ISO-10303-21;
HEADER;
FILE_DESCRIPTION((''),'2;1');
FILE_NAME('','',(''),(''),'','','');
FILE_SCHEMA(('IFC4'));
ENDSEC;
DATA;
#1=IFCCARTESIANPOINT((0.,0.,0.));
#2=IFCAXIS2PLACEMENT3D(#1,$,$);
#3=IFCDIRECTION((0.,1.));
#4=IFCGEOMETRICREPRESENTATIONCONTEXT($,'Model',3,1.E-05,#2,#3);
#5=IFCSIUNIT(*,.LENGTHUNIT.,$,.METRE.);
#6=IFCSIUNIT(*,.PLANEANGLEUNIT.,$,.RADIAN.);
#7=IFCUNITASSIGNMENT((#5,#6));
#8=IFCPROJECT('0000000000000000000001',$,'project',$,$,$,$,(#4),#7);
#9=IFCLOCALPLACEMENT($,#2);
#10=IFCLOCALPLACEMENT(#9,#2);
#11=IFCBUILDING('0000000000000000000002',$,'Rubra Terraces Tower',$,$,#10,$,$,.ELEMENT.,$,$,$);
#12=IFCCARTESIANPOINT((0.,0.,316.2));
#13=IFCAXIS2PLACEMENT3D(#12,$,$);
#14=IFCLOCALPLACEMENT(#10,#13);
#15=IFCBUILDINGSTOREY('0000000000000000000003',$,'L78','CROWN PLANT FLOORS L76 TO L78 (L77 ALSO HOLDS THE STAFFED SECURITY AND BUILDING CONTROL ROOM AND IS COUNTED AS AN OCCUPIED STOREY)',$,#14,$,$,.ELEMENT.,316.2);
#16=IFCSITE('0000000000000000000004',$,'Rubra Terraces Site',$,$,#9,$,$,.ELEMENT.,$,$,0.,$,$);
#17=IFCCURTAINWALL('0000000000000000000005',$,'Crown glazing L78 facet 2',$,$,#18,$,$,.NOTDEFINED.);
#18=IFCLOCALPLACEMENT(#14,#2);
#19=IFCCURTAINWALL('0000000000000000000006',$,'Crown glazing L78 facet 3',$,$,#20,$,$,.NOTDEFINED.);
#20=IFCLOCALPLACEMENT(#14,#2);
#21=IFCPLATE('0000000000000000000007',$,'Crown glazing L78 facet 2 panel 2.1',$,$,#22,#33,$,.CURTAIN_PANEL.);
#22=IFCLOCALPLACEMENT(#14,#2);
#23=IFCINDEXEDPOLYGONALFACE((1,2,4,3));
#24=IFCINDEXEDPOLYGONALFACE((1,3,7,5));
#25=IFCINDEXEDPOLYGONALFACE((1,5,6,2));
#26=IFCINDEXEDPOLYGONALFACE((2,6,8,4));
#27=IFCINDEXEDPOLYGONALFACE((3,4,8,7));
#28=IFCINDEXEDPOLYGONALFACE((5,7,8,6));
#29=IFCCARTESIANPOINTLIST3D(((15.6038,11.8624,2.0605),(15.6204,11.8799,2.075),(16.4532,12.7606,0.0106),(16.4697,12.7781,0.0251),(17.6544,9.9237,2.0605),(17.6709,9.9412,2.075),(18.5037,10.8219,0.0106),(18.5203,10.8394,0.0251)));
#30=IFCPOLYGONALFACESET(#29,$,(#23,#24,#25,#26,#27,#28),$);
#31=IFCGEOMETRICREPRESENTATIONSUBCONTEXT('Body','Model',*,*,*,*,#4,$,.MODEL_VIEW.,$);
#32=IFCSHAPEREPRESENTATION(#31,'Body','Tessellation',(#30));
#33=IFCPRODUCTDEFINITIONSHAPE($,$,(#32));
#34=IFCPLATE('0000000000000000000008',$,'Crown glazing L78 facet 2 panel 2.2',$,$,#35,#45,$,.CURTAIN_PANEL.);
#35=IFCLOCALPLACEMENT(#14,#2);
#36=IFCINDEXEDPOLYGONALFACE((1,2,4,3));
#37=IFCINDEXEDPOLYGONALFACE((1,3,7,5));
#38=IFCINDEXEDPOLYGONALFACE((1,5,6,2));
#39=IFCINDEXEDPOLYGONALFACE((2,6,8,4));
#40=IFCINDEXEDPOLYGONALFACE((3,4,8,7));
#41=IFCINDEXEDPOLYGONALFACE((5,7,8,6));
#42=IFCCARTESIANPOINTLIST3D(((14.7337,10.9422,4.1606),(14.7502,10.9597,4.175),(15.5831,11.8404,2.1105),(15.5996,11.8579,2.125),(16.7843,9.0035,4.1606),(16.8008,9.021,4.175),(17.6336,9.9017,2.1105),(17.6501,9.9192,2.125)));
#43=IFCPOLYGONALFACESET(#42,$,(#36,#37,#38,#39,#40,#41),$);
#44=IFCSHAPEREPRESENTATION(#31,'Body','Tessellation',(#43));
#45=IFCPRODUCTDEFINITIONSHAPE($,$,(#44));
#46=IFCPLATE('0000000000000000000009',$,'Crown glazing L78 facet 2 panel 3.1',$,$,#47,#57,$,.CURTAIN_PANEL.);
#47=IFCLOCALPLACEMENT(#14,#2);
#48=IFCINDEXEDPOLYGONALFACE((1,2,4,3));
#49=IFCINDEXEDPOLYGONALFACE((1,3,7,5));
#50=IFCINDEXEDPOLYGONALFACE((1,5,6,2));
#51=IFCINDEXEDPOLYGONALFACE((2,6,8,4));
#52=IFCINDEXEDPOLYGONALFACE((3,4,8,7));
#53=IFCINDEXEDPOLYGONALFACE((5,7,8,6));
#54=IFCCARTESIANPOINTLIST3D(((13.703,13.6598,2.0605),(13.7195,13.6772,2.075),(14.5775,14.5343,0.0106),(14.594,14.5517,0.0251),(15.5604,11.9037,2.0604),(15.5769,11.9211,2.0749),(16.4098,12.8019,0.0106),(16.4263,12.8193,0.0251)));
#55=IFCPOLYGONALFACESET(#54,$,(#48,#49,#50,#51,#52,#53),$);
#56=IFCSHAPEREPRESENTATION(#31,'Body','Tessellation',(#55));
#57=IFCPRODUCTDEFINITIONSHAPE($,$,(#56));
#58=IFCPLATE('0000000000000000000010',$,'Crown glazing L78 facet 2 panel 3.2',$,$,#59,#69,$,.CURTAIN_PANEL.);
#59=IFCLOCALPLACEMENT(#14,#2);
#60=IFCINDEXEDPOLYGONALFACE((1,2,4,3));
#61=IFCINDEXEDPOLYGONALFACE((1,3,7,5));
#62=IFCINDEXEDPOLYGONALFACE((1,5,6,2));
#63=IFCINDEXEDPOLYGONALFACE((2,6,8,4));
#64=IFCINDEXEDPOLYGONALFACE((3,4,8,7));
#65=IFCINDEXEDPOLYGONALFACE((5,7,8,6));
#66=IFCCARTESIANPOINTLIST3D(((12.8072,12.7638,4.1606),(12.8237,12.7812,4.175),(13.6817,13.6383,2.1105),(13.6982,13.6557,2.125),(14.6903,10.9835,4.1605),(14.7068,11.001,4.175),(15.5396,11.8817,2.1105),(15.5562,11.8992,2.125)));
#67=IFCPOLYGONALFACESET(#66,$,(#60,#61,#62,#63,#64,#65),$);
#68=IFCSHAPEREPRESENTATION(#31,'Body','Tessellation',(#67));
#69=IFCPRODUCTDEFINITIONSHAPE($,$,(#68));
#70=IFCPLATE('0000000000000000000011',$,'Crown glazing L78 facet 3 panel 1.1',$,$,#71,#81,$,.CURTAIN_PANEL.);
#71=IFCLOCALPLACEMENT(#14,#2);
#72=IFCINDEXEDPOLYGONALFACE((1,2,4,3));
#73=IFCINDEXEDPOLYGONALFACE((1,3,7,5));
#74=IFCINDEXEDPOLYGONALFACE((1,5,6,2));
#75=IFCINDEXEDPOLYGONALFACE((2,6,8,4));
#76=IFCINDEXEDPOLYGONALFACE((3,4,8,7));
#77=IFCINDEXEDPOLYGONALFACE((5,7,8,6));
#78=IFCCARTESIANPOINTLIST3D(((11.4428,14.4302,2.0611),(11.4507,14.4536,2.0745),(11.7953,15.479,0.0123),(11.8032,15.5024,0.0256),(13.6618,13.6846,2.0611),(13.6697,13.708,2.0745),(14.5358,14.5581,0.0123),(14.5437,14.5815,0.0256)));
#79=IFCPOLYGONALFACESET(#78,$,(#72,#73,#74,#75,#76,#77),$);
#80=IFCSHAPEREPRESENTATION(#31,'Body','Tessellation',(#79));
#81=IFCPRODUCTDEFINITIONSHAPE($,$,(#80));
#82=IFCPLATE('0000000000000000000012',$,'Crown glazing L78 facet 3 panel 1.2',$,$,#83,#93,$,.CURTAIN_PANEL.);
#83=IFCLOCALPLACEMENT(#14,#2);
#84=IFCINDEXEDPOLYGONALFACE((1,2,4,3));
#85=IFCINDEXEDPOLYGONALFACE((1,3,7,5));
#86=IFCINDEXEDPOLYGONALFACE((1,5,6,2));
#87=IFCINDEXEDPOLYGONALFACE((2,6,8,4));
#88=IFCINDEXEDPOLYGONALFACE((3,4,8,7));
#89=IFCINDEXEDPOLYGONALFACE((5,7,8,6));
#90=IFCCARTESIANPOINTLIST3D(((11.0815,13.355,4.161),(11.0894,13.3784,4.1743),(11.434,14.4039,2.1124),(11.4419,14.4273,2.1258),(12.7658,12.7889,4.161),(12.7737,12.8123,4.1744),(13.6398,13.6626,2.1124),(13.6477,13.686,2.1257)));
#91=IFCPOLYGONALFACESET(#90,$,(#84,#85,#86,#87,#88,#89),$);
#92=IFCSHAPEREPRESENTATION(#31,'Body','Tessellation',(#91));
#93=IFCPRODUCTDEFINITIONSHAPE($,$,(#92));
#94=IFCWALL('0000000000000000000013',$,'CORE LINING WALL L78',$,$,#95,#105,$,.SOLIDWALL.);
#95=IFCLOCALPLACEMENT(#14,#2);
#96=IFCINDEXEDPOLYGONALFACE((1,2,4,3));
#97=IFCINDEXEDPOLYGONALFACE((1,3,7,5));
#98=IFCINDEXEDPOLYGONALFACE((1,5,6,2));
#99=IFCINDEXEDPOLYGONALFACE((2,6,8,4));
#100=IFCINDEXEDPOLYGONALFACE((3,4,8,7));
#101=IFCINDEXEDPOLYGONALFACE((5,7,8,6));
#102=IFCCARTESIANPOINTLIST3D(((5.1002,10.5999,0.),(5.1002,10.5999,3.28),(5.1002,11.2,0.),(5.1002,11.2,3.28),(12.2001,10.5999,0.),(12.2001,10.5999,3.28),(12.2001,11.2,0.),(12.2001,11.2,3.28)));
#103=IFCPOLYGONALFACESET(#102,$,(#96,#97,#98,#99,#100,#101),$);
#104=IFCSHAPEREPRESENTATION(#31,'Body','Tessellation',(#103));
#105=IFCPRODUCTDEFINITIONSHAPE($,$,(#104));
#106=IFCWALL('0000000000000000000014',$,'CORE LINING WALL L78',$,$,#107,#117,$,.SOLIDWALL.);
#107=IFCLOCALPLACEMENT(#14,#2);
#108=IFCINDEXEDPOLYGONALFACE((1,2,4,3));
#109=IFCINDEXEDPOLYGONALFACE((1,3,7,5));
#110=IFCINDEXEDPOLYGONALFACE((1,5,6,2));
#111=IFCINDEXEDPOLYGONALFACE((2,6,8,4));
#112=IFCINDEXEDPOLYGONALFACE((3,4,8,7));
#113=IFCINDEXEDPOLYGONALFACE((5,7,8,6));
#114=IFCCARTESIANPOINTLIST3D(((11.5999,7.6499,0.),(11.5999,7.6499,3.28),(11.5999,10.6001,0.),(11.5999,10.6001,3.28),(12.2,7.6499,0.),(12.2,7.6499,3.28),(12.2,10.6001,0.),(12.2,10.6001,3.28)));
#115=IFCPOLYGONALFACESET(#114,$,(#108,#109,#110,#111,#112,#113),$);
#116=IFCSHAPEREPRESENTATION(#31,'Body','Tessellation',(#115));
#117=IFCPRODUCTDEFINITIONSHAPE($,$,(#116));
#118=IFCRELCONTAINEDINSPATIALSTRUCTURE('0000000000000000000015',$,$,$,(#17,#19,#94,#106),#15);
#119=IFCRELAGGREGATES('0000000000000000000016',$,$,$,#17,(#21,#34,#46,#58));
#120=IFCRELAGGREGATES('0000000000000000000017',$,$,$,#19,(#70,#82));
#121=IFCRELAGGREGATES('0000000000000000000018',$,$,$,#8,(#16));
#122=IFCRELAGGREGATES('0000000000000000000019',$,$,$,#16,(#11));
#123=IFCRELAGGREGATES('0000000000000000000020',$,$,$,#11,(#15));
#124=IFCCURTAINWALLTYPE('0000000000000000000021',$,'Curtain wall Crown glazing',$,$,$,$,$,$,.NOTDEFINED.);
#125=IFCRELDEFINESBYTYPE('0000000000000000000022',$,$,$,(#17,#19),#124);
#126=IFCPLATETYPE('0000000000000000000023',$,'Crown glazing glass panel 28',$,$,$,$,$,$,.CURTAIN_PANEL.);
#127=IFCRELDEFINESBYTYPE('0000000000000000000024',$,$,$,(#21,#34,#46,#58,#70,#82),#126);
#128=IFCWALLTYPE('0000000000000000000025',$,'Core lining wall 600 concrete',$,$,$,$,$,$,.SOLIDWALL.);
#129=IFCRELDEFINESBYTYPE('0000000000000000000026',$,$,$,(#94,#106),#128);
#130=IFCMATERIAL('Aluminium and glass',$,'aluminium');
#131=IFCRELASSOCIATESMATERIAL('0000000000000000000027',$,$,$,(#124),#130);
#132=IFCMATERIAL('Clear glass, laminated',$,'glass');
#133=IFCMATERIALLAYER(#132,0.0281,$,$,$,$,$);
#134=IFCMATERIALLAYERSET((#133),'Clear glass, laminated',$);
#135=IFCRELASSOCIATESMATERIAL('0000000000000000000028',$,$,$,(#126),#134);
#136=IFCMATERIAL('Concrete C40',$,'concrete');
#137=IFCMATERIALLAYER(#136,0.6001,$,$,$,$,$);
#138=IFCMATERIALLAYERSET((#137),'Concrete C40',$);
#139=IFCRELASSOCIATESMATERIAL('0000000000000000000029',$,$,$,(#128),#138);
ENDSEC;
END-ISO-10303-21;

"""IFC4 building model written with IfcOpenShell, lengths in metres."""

from ifc_helpers import new_model, si_unit, direction, frame, frame_2d, origin, place, context, subcontext, project, spatial, polyline, rectangle, outline, extrude, material, layer, layer_set, type_object, element, aggregate, save


model = new_model("IFC4")

# Units and contexts
model_context = context("Model", 3, precision=1e-05, world=origin(), true_north=direction((0.0, 1.0)))
body_context = subcontext(model_context, "Body", "Model", "MODEL_VIEW")
ifc_project = project(units=[si_unit("LENGTHUNIT", "METRE"), si_unit("PLANEANGLEUNIT", "RADIAN")], contexts=[model_context])

# Site, building, storey
site_placement = place(None, origin())
site = spatial("IfcSite", under=ifc_project, at=site_placement, Name="Rubra Terraces Site", CompositionType="ELEMENT", RefElevation=0.0)
building_placement = place(site_placement, origin())
building = spatial("IfcBuilding", under=site, at=building_placement, Name="Rubra Terraces Tower", CompositionType="ELEMENT")
storey_placement = place(building_placement, frame((0.0, 0.0, 316.2)))
storey = spatial("IfcBuildingStorey", under=building, at=storey_placement, Name="L78", Description="CROWN PLANT FLOORS L76 TO L78 (L77 ALSO HOLDS THE STAFFED SECURITY AND BUILDING CONTROL ROOM AND IS COUNTED AS AN OCCUPIED STOREY)", CompositionType="ELEMENT", Elevation=316.2)

# Curtain walls
ifc_material_1 = material(Name="Aluminium and glass", Category="aluminium")
curtain_wall_type = type_object("IfcCurtainWallType", Name="Curtain wall Crown glazing", PredefinedType="NOTDEFINED", material=ifc_material_1)
curtain_wall_1_placement = place(storey_placement, origin())
curtain_wall_1 = element("IfcCurtainWall", 1, at=curtain_wall_1_placement, inside=storey, type_object=curtain_wall_type, Name="Crown glazing L78 facet 2", PredefinedType="NOTDEFINED")
curtain_wall_2_placement = place(storey_placement, origin())
curtain_wall_2 = element("IfcCurtainWall", 2, at=curtain_wall_2_placement, inside=storey, type_object=curtain_wall_type, Name="Crown glazing L78 facet 3", PredefinedType="NOTDEFINED")

# Plates
ifc_material_2 = material(Name="Clear glass, laminated", Category="glass")
ifc_layer_1 = layer(ifc_material_2, 0.0281)
ifc_layer_set_1 = layer_set([ifc_layer_1], Name="Clear glass, laminated")
plate_type = type_object("IfcPlateType", Name="Crown glazing glass panel 28", PredefinedType="CURTAIN_PANEL", material=ifc_layer_set_1)
plate_1_placement = place(storey_placement, frame((18.5203, 10.8394, 0.0251), z_axis=(0.588312, 0.622243, 0.516433), x_axis=(-0.726641, 0.687017, 0.0)))
plate_1 = element("IfcPlate", 3, at=plate_1_placement, type_object=plate_type, Name="Crown glazing L78 facet 2 panel 2.1", PredefinedType="CURTAIN_PANEL", context=body_context, shape_type="SweptSolid", body=[
    extrude(outline(polyline([(0.0, 0.0), (2.8219, 0.0), (2.822, 2.3937), (0.0001, 2.3937), (0.0, 0.0)])), origin(), (0.0, 0.0, -1.0), 0.0281),
])
plate_2_placement = place(storey_placement, frame((17.6501, 9.9192, 2.125), z_axis=(0.588331, 0.622263, 0.516388), x_axis=(-0.726641, 0.687017, 0.0)))
plate_2 = element("IfcPlate", 4, at=plate_2_placement, type_object=plate_type, Name="Crown glazing L78 facet 2 panel 2.2", PredefinedType="CURTAIN_PANEL", context=body_context, shape_type="SweptSolid", body=[
    extrude(outline(polyline([(0.0, 0.0), (2.8219, 0.0), (2.822, 2.3939), (0.0001, 2.3939), (0.0, 0.0)])), origin(), (0.0, 0.0, -1.0), 0.0281),
])
plate_3_placement = place(storey_placement, frame((16.4263, 12.8193, 0.0251), z_axis=(0.58831, 0.622236, 0.516443), x_axis=(-0.726636, 0.687023, -0.000006)))
plate_3 = element("IfcPlate", 5, at=plate_3_placement, type_object=plate_type, Name="Crown glazing L78 facet 2 panel 3.1", PredefinedType="CURTAIN_PANEL", context=body_context, shape_type="SweptSolid", body=[
    extrude(outline(polyline([(0.0, 0.0), (2.5216, 0.0), (2.5562, 2.3938), (0.0001, 2.3937), (0.0, 0.0)])), origin(), (0.0, 0.0, -1.0), 0.0281),
])
plate_4_placement = place(storey_placement, frame((15.5562, 11.8992, 2.125), z_axis=(0.588317, 0.622267, 0.516398), x_axis=(-0.726649, 0.687009, -0.000006)))
plate_4 = element("IfcPlate", 6, at=plate_4_placement, type_object=plate_type, Name="Crown glazing L78 facet 2 panel 3.2", PredefinedType="CURTAIN_PANEL", context=body_context, shape_type="SweptSolid", body=[
    extrude(outline(polyline([(0.0, 0.0), (2.5568, 0.0), (2.5915, 2.394), (0.0001, 2.3939), (0.0, 0.0)])), origin(), (0.0, 0.0, -1.0), 0.0281),
])
aggregate(curtain_wall_1, [plate_1, plate_2, plate_3, plate_4])
plate_5_placement = place(storey_placement, frame((14.5437, 14.5815, 0.0256), z_axis=(0.280264, 0.834059, 0.475181), x_axis=(-0.947915, 0.318525, -0.000004)))
plate_5 = element("IfcPlate", 7, at=plate_5_placement, type_object=plate_type, Name="Crown glazing L78 facet 3 panel 1.1", PredefinedType="CURTAIN_PANEL", context=body_context, shape_type="SweptSolid", body=[
    extrude(outline(polyline([(0.0, 0.0), (2.8911, 0.0), (2.8912, 2.3285), (0.5502, 2.3285), (0.0, 0.0)])), origin(), (0.0, 0.0, -1.0), 0.0281),
])
plate_6_placement = place(storey_placement, frame((13.6477, 13.686, 2.1257), z_axis=(0.280287, 0.834003, 0.475267), x_axis=(-0.947904, 0.318556, 0.000018)))
plate_6 = element("IfcPlate", 8, at=plate_6_placement, type_object=plate_type, Name="Crown glazing L78 facet 3 panel 1.2", PredefinedType="CURTAIN_PANEL", context=body_context, shape_type="SweptSolid", body=[
    extrude(outline(polyline([(0.0, 0.0), (2.327, 0.0), (2.3271, 2.3283), (0.5502, 2.3284), (0.0, 0.0)])), origin(), (0.0, 0.0, -1.0), 0.0281),
])
aggregate(curtain_wall_2, [plate_5, plate_6])

# Walls
ifc_material_3 = material(Name="Concrete C40", Category="concrete")
ifc_layer_2 = layer(ifc_material_3, 0.6001)
ifc_layer_set_2 = layer_set([ifc_layer_2], Name="Concrete C40")
wall_type = type_object("IfcWallType", Name="Core lining wall 600 concrete", PredefinedType="SOLIDWALL", material=ifc_layer_set_2)
wall_1_placement = place(storey_placement, frame((12.2, 10.8999, 0.0), z_axis=(0.0, 0.0, 1.0), x_axis=(-1.0, 0.0, 0.0)))
element("IfcWall", 9, at=wall_1_placement, inside=storey, type_object=wall_type, Name="CORE LINING WALL L78", PredefinedType="SOLIDWALL", context=body_context, shape_type="SweptSolid", body=[
    extrude(rectangle(XDim=7.0999, YDim=0.6001, at=frame_2d((3.5498, 0.0))), origin(), (0.0, 0.0, 1.0), 3.28),
])
wall_2_placement = place(storey_placement, frame((11.8999, 10.6001, 0.0), z_axis=(0.0, 0.0, 1.0), x_axis=(0.0, -1.0, 0.0)))
element("IfcWall", 10, at=wall_2_placement, inside=storey, type_object=wall_type, Name="CORE LINING WALL L78", PredefinedType="SOLIDWALL", context=body_context, shape_type="SweptSolid", body=[
    extrude(rectangle(XDim=2.9502, YDim=0.6001, at=frame_2d((1.4751, 0.0))), origin(), (0.0, 0.0, 1.0), 3.28),
])

save(model, "model.ifc")
